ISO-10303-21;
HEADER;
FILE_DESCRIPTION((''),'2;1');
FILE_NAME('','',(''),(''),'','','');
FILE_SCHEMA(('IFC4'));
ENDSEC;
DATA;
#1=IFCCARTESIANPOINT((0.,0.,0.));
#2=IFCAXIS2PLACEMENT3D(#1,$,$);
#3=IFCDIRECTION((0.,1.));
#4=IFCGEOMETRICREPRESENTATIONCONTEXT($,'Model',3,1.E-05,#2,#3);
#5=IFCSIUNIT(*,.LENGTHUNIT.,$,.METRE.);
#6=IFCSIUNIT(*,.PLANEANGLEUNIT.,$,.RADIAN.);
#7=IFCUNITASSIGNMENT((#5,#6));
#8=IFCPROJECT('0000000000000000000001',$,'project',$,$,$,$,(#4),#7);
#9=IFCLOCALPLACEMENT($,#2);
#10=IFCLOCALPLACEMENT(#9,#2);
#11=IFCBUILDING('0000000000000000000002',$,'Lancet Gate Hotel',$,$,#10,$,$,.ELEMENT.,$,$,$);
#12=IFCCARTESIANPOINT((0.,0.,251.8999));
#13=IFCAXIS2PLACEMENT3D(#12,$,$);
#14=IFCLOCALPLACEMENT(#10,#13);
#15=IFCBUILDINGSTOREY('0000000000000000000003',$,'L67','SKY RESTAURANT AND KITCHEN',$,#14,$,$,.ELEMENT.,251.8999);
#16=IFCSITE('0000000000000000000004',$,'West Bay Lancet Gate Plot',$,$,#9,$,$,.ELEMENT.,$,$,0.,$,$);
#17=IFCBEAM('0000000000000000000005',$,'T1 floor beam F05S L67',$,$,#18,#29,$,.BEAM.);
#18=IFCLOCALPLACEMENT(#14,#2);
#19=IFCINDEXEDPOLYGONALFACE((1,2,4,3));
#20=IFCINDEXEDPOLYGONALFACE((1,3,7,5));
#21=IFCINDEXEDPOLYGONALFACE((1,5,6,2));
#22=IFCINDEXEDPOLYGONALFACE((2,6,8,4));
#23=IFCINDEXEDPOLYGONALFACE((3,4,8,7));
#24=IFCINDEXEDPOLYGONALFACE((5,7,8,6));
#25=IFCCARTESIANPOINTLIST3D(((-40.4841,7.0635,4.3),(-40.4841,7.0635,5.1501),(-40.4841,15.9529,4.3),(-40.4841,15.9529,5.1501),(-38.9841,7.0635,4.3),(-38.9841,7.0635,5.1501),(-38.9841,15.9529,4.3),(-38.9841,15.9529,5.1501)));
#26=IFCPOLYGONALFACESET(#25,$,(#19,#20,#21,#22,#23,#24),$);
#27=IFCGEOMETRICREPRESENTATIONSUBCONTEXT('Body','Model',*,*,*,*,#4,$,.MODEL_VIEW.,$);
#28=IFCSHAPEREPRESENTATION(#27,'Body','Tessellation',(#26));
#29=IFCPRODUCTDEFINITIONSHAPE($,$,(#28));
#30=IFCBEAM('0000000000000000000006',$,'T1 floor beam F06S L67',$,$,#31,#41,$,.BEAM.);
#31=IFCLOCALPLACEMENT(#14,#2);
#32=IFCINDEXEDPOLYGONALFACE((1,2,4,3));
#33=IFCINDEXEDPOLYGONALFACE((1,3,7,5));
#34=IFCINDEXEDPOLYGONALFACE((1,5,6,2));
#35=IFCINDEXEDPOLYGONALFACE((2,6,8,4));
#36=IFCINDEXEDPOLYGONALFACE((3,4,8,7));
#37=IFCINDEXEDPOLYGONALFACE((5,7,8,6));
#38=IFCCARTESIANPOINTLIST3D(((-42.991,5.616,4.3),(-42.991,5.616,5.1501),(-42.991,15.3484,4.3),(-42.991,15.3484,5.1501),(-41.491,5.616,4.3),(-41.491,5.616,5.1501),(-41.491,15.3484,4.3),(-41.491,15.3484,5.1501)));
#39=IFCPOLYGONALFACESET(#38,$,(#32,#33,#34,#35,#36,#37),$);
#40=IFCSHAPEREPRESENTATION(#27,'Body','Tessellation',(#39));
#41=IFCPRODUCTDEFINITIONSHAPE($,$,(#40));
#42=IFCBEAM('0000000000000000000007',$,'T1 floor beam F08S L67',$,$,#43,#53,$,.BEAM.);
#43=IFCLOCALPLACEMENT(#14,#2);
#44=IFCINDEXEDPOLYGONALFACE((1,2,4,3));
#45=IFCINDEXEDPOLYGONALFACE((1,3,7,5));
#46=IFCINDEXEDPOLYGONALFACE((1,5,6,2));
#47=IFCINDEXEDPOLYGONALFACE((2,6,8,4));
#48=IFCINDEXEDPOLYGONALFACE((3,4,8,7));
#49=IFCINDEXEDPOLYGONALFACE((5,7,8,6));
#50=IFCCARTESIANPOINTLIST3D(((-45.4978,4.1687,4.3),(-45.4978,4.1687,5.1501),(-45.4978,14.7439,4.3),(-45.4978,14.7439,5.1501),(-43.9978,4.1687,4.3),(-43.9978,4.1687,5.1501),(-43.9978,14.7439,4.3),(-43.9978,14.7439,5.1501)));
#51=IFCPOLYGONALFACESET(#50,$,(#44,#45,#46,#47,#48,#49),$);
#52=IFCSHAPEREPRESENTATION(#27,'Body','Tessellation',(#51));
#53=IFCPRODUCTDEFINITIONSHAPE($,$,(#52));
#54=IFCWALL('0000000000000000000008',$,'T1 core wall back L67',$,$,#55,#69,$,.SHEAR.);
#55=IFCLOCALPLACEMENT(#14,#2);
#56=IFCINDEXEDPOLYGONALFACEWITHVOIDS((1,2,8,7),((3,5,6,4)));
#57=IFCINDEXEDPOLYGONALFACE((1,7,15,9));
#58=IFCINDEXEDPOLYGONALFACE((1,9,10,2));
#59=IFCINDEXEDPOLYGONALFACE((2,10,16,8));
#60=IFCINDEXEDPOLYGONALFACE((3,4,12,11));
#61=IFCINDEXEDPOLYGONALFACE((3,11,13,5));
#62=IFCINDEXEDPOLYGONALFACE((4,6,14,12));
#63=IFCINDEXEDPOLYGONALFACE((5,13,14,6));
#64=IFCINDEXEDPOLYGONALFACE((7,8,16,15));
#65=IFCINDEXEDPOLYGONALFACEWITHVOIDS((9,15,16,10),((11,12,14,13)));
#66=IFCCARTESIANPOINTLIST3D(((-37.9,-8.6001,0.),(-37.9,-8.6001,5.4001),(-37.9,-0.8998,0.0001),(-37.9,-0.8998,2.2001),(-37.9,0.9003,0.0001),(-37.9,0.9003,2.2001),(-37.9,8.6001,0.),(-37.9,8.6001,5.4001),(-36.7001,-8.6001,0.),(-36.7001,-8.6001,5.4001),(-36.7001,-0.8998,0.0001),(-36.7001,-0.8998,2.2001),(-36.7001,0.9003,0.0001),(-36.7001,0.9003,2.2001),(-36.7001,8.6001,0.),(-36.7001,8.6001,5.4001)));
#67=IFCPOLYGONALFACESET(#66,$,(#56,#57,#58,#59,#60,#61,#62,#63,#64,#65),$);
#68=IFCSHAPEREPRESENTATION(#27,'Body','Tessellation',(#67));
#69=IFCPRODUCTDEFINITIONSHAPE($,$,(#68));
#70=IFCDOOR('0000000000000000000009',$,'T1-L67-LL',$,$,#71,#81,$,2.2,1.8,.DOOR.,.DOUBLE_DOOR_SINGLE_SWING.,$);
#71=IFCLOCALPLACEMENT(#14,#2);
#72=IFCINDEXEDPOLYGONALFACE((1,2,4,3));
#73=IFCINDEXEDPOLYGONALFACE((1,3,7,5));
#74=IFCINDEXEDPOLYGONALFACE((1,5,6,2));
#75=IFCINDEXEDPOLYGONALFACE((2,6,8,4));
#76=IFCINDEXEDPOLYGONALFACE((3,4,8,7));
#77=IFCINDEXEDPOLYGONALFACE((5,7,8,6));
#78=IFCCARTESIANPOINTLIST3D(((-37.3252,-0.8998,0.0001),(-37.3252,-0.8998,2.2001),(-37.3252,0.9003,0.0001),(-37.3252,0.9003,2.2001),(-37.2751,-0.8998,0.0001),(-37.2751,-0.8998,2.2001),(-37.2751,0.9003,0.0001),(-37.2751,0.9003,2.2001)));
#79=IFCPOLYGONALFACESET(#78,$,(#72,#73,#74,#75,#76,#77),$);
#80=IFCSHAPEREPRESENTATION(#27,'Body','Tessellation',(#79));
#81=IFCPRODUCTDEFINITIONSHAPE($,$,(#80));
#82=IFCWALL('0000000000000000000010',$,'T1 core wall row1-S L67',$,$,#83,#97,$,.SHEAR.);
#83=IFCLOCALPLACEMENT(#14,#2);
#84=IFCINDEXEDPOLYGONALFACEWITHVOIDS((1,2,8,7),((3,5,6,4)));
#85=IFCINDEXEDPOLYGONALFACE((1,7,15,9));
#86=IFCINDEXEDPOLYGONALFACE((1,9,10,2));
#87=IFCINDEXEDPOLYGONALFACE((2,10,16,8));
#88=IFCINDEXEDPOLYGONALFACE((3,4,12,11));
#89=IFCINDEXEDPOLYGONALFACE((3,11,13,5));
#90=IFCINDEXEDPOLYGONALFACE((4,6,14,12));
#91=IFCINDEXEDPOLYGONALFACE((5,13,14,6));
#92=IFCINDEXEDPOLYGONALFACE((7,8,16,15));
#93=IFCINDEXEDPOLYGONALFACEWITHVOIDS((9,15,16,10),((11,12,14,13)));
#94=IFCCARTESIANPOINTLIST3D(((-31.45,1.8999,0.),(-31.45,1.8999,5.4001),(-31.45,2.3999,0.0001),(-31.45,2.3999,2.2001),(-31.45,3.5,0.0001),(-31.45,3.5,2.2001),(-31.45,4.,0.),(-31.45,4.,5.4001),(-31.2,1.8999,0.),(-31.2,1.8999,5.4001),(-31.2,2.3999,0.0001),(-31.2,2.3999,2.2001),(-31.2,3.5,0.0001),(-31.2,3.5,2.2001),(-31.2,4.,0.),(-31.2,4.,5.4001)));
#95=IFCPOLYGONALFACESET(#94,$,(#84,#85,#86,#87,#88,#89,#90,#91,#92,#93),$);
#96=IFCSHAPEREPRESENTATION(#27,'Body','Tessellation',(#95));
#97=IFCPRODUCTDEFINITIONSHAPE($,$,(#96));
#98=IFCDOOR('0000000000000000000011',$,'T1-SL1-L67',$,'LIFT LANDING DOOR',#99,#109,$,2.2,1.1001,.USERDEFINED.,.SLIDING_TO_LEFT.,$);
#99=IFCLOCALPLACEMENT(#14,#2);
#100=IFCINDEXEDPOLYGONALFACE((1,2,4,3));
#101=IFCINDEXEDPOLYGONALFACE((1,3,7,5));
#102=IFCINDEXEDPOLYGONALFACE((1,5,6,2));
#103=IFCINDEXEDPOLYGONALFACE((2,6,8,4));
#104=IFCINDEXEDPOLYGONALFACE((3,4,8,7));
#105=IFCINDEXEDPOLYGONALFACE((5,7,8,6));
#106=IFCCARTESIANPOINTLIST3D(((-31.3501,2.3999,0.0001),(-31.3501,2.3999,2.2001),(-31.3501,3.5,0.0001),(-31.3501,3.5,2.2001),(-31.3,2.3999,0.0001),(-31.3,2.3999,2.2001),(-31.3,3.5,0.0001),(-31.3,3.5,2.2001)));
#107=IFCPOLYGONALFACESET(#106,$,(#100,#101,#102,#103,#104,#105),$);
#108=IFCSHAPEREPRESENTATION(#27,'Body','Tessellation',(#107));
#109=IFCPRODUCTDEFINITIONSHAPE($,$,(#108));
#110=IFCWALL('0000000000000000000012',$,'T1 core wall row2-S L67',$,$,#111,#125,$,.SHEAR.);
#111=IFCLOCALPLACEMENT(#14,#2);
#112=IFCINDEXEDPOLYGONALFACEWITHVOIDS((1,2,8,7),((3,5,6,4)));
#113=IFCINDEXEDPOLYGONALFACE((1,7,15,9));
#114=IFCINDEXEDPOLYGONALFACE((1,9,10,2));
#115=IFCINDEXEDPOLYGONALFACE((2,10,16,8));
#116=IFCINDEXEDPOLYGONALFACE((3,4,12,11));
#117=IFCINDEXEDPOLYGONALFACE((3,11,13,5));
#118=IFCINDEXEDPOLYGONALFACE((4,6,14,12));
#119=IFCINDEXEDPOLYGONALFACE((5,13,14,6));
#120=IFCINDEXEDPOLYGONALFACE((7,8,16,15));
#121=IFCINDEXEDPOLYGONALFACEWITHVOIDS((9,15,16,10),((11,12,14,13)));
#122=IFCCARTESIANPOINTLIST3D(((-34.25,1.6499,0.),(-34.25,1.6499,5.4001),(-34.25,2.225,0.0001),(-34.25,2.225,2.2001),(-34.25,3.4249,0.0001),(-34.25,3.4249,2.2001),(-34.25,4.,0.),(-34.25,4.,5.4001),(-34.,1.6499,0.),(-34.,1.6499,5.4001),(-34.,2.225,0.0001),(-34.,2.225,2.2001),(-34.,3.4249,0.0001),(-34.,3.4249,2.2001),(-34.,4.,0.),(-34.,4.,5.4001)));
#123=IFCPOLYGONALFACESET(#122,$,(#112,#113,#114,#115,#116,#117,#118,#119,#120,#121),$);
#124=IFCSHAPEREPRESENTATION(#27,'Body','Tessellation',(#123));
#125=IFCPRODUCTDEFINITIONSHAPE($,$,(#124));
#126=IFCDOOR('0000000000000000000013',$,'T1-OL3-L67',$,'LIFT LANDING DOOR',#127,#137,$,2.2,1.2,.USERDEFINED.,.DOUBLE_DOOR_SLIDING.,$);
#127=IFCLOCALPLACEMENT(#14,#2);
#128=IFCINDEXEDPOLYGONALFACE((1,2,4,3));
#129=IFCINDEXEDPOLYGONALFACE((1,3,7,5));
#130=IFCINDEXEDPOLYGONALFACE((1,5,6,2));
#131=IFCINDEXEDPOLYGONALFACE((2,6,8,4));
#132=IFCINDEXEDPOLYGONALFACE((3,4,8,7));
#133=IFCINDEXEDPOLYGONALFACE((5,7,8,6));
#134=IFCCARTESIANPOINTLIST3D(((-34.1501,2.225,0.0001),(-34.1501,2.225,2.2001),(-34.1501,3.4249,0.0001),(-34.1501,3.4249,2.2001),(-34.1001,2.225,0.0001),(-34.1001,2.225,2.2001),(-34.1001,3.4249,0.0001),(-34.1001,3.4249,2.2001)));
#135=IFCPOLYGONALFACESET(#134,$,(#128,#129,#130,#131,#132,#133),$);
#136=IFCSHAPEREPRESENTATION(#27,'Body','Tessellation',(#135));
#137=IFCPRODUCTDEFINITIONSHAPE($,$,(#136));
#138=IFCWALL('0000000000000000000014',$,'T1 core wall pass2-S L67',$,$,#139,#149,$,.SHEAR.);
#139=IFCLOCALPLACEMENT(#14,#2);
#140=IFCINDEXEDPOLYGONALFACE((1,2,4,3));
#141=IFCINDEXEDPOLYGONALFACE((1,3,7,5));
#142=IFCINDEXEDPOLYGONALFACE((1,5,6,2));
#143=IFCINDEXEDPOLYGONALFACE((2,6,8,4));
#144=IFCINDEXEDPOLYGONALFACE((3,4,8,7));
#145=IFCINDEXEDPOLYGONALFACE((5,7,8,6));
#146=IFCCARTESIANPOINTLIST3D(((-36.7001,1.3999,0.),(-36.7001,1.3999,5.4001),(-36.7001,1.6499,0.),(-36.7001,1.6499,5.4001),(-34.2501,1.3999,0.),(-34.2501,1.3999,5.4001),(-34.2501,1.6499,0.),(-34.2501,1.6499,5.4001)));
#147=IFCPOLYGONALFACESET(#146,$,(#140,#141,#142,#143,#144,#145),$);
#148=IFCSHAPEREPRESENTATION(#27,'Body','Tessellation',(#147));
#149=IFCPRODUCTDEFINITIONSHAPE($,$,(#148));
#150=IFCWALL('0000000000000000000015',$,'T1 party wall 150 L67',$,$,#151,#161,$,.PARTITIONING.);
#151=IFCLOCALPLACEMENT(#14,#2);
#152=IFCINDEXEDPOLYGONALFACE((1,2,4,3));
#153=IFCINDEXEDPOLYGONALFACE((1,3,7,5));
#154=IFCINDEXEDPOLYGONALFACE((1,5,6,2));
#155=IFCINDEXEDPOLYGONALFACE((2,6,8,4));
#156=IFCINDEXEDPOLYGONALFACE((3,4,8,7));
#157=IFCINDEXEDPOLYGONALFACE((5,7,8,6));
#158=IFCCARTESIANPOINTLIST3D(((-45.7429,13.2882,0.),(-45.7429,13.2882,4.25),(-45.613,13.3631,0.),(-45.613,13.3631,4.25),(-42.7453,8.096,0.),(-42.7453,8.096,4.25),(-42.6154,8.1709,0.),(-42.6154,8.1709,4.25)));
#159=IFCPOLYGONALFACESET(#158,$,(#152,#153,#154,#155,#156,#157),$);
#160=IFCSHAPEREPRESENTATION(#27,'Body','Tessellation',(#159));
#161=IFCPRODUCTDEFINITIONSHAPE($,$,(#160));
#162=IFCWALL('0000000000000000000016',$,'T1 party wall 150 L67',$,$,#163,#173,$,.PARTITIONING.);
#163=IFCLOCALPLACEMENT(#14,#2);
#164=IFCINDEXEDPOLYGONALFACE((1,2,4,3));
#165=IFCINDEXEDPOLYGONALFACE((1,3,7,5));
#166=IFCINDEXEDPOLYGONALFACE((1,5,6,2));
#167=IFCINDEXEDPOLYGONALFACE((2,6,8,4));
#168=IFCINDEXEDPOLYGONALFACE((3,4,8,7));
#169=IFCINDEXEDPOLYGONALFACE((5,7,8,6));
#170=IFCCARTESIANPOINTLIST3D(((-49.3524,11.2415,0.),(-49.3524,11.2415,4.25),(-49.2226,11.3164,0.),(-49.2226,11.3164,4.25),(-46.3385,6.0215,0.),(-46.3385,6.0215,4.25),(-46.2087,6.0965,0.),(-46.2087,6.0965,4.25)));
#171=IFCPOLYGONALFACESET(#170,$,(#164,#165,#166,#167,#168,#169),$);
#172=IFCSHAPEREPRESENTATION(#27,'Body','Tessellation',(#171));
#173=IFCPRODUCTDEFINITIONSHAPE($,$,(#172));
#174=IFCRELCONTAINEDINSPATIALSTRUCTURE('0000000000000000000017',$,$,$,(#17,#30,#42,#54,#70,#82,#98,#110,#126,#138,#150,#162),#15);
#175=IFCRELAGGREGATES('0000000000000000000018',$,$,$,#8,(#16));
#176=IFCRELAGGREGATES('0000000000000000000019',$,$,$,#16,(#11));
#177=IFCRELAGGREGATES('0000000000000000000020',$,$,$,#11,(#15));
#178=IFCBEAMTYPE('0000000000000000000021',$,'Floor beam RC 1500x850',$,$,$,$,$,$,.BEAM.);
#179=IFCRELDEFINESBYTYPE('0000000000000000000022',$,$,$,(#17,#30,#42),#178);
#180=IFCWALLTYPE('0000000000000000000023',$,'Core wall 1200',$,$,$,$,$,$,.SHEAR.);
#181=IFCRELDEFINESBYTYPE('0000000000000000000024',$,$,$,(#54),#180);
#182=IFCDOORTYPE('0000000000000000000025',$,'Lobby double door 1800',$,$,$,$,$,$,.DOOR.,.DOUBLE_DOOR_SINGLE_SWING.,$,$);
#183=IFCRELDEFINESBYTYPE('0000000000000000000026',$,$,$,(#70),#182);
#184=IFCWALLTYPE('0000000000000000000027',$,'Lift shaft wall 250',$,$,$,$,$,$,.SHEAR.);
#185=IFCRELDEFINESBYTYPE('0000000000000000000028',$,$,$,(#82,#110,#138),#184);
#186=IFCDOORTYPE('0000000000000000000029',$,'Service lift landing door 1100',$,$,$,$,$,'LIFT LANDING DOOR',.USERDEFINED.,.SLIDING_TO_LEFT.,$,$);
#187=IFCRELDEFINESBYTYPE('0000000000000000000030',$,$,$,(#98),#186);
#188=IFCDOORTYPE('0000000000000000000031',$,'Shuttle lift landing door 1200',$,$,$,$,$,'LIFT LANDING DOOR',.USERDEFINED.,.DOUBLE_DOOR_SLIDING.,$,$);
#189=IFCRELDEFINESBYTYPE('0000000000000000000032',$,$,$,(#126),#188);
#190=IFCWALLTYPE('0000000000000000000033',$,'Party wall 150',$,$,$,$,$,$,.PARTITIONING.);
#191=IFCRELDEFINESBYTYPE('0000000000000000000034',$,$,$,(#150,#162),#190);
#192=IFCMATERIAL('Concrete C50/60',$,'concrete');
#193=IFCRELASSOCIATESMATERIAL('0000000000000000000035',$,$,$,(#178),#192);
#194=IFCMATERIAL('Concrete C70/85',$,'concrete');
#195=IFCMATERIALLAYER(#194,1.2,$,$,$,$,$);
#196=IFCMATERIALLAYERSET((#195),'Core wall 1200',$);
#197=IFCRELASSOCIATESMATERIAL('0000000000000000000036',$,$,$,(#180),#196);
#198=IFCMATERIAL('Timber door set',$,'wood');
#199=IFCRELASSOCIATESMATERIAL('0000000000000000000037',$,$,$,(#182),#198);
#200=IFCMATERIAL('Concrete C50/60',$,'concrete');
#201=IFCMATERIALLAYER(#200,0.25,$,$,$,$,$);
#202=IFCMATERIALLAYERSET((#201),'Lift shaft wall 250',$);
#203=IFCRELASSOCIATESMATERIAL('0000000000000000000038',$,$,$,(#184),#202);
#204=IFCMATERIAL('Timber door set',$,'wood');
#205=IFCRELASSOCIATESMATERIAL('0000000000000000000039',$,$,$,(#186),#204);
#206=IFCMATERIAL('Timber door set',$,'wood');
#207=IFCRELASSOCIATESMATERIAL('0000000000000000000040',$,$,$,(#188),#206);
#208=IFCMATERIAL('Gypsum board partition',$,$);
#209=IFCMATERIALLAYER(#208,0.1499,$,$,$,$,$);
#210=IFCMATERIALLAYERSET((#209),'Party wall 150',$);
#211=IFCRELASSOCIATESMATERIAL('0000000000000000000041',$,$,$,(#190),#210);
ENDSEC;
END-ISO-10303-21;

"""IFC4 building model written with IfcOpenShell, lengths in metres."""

from ifc_helpers import new_model, si_unit, direction, frame, frame_2d, origin, origin_2d, place, context, subcontext, project, spatial, rectangle, extrude, material, layer, layer_set, material_profile, profile_set, type_object, element, fill, save


model = new_model("IFC4")

# Units and contexts
model_context = context("Model", 3, precision=1e-05, world=origin(), true_north=direction((0.0, 1.0)))
body_context = subcontext(model_context, "Body", "Model", "MODEL_VIEW")
ifc_project = project(units=[si_unit("LENGTHUNIT", "METRE"), si_unit("PLANEANGLEUNIT", "RADIAN")], contexts=[model_context])

# Site, building, storey
site_placement = place(None, origin())
site = spatial("IfcSite", under=ifc_project, at=site_placement, Name="West Bay Lancet Gate Plot", CompositionType="ELEMENT", RefElevation=0.0)
building_placement = place(site_placement, origin())
building = spatial("IfcBuilding", under=site, at=building_placement, Name="Lancet Gate Hotel", CompositionType="ELEMENT")
storey_placement = place(building_placement, frame((0.0, 0.0, 251.8999)))
storey = spatial("IfcBuildingStorey", under=building, at=storey_placement, Name="L67", Description="SKY RESTAURANT AND KITCHEN", CompositionType="ELEMENT", Elevation=251.8999)

# Beams
ifc_material_1 = material(Name="Concrete C50/60", Category="concrete")
ifc_material_profile = material_profile(ifc_material_1, rectangle(XDim=1.5, YDim=0.8501, at=origin_2d()), Name="RC 1500x850")
ifc_profile_set = profile_set([ifc_material_profile], Name="Concrete C50/60")
beam_type = type_object("IfcBeamType", Name="Floor beam RC 1500x850", PredefinedType="BEAM", material=ifc_profile_set)
beam_1_placement = place(storey_placement, frame((-39.7341, 15.9529, 4.7251), z_axis=(0.0, -1.0, 0.0), x_axis=(1.0, 0.0, 0.0)))
element("IfcBeam", 1, at=beam_1_placement, inside=storey, type_object=beam_type, Name="T1 floor beam F05S L67", PredefinedType="BEAM", context=body_context, shape_type="SweptSolid", body=[
    extrude(rectangle(XDim=1.5, YDim=0.8501, at=origin_2d()), origin(), (0.0, 0.0, 1.0), 8.8894),
])
beam_2_placement = place(storey_placement, frame((-42.241, 15.3484, 4.7251), z_axis=(0.0, -1.0, 0.0), x_axis=(1.0, 0.0, 0.0)))
element("IfcBeam", 2, at=beam_2_placement, inside=storey, type_object=beam_type, Name="T1 floor beam F06S L67", PredefinedType="BEAM", context=body_context, shape_type="SweptSolid", body=[
    extrude(rectangle(XDim=1.5, YDim=0.8501, at=origin_2d()), origin(), (0.0, 0.0, 1.0), 9.7324),
])
beam_3_placement = place(storey_placement, frame((-44.7478, 14.7439, 4.7251), z_axis=(0.0, -1.0, 0.0), x_axis=(1.0, 0.0, 0.0)))
element("IfcBeam", 3, at=beam_3_placement, inside=storey, type_object=beam_type, Name="T1 floor beam F08S L67", PredefinedType="BEAM", context=body_context, shape_type="SweptSolid", body=[
    extrude(rectangle(XDim=1.5, YDim=0.8501, at=origin_2d()), origin(), (0.0, 0.0, 1.0), 10.5752),
])

# Walls, openings, doors
ifc_material_2 = material(Name="Concrete C70/85", Category="concrete")
ifc_layer_1 = layer(ifc_material_2, 1.2)
ifc_layer_set_1 = layer_set([ifc_layer_1], Name="Core wall 1200")
wall_type_1 = type_object("IfcWallType", Name="Core wall 1200", PredefinedType="SHEAR", material=ifc_layer_set_1)
wall_1_placement = place(storey_placement, frame((-37.3, 8.6001, 0.0), z_axis=(0.0, 0.0, 1.0), x_axis=(0.0, -1.0, 0.0)))
wall_1 = element("IfcWall", 4, at=wall_1_placement, inside=storey, type_object=wall_type_1, Name="T1 core wall back L67", PredefinedType="SHEAR", context=body_context, shape_type="SweptSolid", body=[
    extrude(rectangle(XDim=17.2002, YDim=1.2, at=frame_2d((8.6001, 0.0))), origin(), (0.0, 0.0, 1.0), 5.4001),
])
opening_1_placement = place(wall_1_placement, frame((7.7, 0.0, 0.0)))
opening_1 = element("IfcOpeningElement", 5, at=opening_1_placement, cuts=wall_1, PredefinedType="OPENING", context=body_context, shape_type="SweptSolid", body=[
    extrude(rectangle(XDim=1.8, YDim=2.2, at=frame_2d((0.8999, 1.1001))), frame((0.0, 0.6099, 0.0), z_axis=(0.0, -1.0, 0.0), x_axis=(1.0, 0.0, 0.0)), (0.0, 0.0, 1.0), 1.22),
])
ifc_material_3 = material(Name="Timber door set", Category="wood")
door_type_1 = type_object("IfcDoorType", Name="Lobby double door 1800", OperationType="DOUBLE_DOOR_SINGLE_SWING", PredefinedType="DOOR", material=ifc_material_3)
door_1_placement = place(opening_1_placement, origin())
door_1 = element("IfcDoor", 6, at=door_1_placement, inside=storey, type_object=door_type_1, Name="T1-L67-LL", OperationType="DOUBLE_DOOR_SINGLE_SWING", OverallHeight=2.2, OverallWidth=1.8, PredefinedType="DOOR", context=body_context, shape_type="SweptSolid", body=[
    extrude(rectangle(XDim=1.8, YDim=2.2, at=frame_2d((0.8999, 1.1001))), frame((0.0, 0.0249, 0.0), z_axis=(0.0, -1.0, 0.0), x_axis=(1.0, 0.0, 0.0)), (0.0, 0.0, 1.0), 0.05),
])
fill(opening_1, door_1)
ifc_material_4 = material(Name="Concrete C50/60", Category="concrete")
ifc_layer_2 = layer(ifc_material_4, 0.25)
ifc_layer_set_2 = layer_set([ifc_layer_2], Name="Lift shaft wall 250")
wall_type_2 = type_object("IfcWallType", Name="Lift shaft wall 250", PredefinedType="SHEAR", material=ifc_layer_set_2)
wall_2_placement = place(storey_placement, frame((-31.325, 4.0, 0.0), z_axis=(0.0, 0.0, 1.0), x_axis=(0.0, -1.0, 0.0)))
wall_2 = element("IfcWall", 7, at=wall_2_placement, inside=storey, type_object=wall_type_2, Name="T1 core wall row1-S L67", PredefinedType="SHEAR", context=body_context, shape_type="SweptSolid", body=[
    extrude(rectangle(XDim=2.1001, YDim=0.25, at=frame_2d((1.05, 0.0))), origin(), (0.0, 0.0, 1.0), 5.4001),
])
opening_2_placement = place(wall_2_placement, frame((0.5, 0.0, 0.0)))
opening_2 = element("IfcOpeningElement", 8, at=opening_2_placement, cuts=wall_2, PredefinedType="OPENING", context=body_context, shape_type="SweptSolid", body=[
    extrude(rectangle(XDim=1.1001, YDim=2.2, at=frame_2d((0.55, 1.1001))), frame((0.0, 0.135, 0.0), z_axis=(0.0, -1.0, 0.0), x_axis=(1.0, 0.0, 0.0)), (0.0, 0.0, 1.0), 0.27),
])
ifc_material_5 = material(Name="Timber door set", Category="wood")
door_type_2 = type_object("IfcDoorType", Name="Service lift landing door 1100", ElementType="LIFT LANDING DOOR", OperationType="SLIDING_TO_LEFT", PredefinedType="USERDEFINED", material=ifc_material_5)
door_2_placement = place(opening_2_placement, origin())
door_2 = element("IfcDoor", 9, at=door_2_placement, inside=storey, type_object=door_type_2, Name="T1-SL1-L67", ObjectType="LIFT LANDING DOOR", OperationType="SLIDING_TO_LEFT", OverallHeight=2.2, OverallWidth=1.1001, PredefinedType="USERDEFINED", context=body_context, shape_type="SweptSolid", body=[
    extrude(rectangle(XDim=1.1001, YDim=2.2, at=frame_2d((0.55, 1.1001))), frame((0.0, 0.0249, 0.0), z_axis=(0.0, -1.0, 0.0), x_axis=(1.0, 0.0, 0.0)), (0.0, 0.0, 1.0), 0.05),
])
fill(opening_2, door_2)
wall_3_placement = place(storey_placement, frame((-34.125, 4.0, 0.0), z_axis=(0.0, 0.0, 1.0), x_axis=(0.0, -1.0, 0.0)))
wall_3 = element("IfcWall", 10, at=wall_3_placement, inside=storey, type_object=wall_type_2, Name="T1 core wall row2-S L67", PredefinedType="SHEAR", context=body_context, shape_type="SweptSolid", body=[
    extrude(rectangle(XDim=2.3501, YDim=0.25, at=frame_2d((1.175, 0.0))), origin(), (0.0, 0.0, 1.0), 5.4001),
])
opening_3_placement = place(wall_3_placement, frame((0.575, 0.0, 0.0)))
opening_3 = element("IfcOpeningElement", 11, at=opening_3_placement, cuts=wall_3, PredefinedType="OPENING", context=body_context, shape_type="SweptSolid", body=[
    extrude(rectangle(XDim=1.2, YDim=2.2, at=frame_2d((0.6001, 1.1001))), frame((0.0, 0.135, 0.0), z_axis=(0.0, -1.0, 0.0), x_axis=(1.0, 0.0, 0.0)), (0.0, 0.0, 1.0), 0.27),
])
ifc_material_6 = material(Name="Timber door set", Category="wood")
door_type_3 = type_object("IfcDoorType", Name="Shuttle lift landing door 1200", ElementType="LIFT LANDING DOOR", OperationType="DOUBLE_DOOR_SLIDING", PredefinedType="USERDEFINED", material=ifc_material_6)
door_3_placement = place(opening_3_placement, origin())
door_3 = element("IfcDoor", 12, at=door_3_placement, inside=storey, type_object=door_type_3, Name="T1-OL3-L67", ObjectType="LIFT LANDING DOOR", OperationType="DOUBLE_DOOR_SLIDING", OverallHeight=2.2, OverallWidth=1.2, PredefinedType="USERDEFINED", context=body_context, shape_type="SweptSolid", body=[
    extrude(rectangle(XDim=1.2, YDim=2.2, at=frame_2d((0.6001, 1.1001))), frame((0.0, 0.0249, 0.0), z_axis=(0.0, -1.0, 0.0), x_axis=(1.0, 0.0, 0.0)), (0.0, 0.0, 1.0), 0.05),
])
fill(opening_3, door_3)

# Walls
wall_4_placement = place(storey_placement, frame((-34.25, 1.5249, 0.0), z_axis=(0.0, 0.0, 1.0), x_axis=(-1.0, 0.0, 0.0)))
element("IfcWall", 13, at=wall_4_placement, inside=storey, type_object=wall_type_2, Name="T1 core wall pass2-S L67", PredefinedType="SHEAR", context=body_context, shape_type="SweptSolid", body=[
    extrude(rectangle(XDim=2.45, YDim=0.25, at=frame_2d((1.2251, 0.0))), origin(), (0.0, 0.0, 1.0), 5.4001),
])
ifc_material_7 = material(Name="Gypsum board partition")
ifc_layer_3 = layer(ifc_material_7, 0.1499)
ifc_layer_set_3 = layer_set([ifc_layer_3], Name="Party wall 150")
wall_type_3 = type_object("IfcWallType", Name="Party wall 150", PredefinedType="PARTITIONING", material=ifc_layer_set_3)
wall_5_placement = place(storey_placement, frame((-42.6804, 8.1335, 0.0), z_axis=(0.0, 0.0, 1.0), x_axis=(-0.499984, 0.866034, 0.0)))
element("IfcWall", 14, at=wall_5_placement, inside=storey, type_object=wall_type_3, Name="T1 party wall 150 L67", PredefinedType="PARTITIONING", context=body_context, shape_type="SweptSolid", body=[
    extrude(rectangle(XDim=5.9954, YDim=0.1499, at=frame_2d((2.9976, 0.0))), origin(), (0.0, 0.0, 1.0), 4.25),
])
wall_6_placement = place(storey_placement, frame((-46.2737, 6.0591, 0.0), z_axis=(0.0, 0.0, 1.0), x_axis=(-0.50002, 0.866014, 0.0)))
element("IfcWall", 15, at=wall_6_placement, inside=storey, type_object=wall_type_3, Name="T1 party wall 150 L67", PredefinedType="PARTITIONING", context=body_context, shape_type="SweptSolid", body=[
    extrude(rectangle(XDim=6.0276, YDim=0.1499, at=frame_2d((3.0137, 0.0))), origin(), (0.0, 0.0, 1.0), 4.25),
])

save(model, "model.ifc")
